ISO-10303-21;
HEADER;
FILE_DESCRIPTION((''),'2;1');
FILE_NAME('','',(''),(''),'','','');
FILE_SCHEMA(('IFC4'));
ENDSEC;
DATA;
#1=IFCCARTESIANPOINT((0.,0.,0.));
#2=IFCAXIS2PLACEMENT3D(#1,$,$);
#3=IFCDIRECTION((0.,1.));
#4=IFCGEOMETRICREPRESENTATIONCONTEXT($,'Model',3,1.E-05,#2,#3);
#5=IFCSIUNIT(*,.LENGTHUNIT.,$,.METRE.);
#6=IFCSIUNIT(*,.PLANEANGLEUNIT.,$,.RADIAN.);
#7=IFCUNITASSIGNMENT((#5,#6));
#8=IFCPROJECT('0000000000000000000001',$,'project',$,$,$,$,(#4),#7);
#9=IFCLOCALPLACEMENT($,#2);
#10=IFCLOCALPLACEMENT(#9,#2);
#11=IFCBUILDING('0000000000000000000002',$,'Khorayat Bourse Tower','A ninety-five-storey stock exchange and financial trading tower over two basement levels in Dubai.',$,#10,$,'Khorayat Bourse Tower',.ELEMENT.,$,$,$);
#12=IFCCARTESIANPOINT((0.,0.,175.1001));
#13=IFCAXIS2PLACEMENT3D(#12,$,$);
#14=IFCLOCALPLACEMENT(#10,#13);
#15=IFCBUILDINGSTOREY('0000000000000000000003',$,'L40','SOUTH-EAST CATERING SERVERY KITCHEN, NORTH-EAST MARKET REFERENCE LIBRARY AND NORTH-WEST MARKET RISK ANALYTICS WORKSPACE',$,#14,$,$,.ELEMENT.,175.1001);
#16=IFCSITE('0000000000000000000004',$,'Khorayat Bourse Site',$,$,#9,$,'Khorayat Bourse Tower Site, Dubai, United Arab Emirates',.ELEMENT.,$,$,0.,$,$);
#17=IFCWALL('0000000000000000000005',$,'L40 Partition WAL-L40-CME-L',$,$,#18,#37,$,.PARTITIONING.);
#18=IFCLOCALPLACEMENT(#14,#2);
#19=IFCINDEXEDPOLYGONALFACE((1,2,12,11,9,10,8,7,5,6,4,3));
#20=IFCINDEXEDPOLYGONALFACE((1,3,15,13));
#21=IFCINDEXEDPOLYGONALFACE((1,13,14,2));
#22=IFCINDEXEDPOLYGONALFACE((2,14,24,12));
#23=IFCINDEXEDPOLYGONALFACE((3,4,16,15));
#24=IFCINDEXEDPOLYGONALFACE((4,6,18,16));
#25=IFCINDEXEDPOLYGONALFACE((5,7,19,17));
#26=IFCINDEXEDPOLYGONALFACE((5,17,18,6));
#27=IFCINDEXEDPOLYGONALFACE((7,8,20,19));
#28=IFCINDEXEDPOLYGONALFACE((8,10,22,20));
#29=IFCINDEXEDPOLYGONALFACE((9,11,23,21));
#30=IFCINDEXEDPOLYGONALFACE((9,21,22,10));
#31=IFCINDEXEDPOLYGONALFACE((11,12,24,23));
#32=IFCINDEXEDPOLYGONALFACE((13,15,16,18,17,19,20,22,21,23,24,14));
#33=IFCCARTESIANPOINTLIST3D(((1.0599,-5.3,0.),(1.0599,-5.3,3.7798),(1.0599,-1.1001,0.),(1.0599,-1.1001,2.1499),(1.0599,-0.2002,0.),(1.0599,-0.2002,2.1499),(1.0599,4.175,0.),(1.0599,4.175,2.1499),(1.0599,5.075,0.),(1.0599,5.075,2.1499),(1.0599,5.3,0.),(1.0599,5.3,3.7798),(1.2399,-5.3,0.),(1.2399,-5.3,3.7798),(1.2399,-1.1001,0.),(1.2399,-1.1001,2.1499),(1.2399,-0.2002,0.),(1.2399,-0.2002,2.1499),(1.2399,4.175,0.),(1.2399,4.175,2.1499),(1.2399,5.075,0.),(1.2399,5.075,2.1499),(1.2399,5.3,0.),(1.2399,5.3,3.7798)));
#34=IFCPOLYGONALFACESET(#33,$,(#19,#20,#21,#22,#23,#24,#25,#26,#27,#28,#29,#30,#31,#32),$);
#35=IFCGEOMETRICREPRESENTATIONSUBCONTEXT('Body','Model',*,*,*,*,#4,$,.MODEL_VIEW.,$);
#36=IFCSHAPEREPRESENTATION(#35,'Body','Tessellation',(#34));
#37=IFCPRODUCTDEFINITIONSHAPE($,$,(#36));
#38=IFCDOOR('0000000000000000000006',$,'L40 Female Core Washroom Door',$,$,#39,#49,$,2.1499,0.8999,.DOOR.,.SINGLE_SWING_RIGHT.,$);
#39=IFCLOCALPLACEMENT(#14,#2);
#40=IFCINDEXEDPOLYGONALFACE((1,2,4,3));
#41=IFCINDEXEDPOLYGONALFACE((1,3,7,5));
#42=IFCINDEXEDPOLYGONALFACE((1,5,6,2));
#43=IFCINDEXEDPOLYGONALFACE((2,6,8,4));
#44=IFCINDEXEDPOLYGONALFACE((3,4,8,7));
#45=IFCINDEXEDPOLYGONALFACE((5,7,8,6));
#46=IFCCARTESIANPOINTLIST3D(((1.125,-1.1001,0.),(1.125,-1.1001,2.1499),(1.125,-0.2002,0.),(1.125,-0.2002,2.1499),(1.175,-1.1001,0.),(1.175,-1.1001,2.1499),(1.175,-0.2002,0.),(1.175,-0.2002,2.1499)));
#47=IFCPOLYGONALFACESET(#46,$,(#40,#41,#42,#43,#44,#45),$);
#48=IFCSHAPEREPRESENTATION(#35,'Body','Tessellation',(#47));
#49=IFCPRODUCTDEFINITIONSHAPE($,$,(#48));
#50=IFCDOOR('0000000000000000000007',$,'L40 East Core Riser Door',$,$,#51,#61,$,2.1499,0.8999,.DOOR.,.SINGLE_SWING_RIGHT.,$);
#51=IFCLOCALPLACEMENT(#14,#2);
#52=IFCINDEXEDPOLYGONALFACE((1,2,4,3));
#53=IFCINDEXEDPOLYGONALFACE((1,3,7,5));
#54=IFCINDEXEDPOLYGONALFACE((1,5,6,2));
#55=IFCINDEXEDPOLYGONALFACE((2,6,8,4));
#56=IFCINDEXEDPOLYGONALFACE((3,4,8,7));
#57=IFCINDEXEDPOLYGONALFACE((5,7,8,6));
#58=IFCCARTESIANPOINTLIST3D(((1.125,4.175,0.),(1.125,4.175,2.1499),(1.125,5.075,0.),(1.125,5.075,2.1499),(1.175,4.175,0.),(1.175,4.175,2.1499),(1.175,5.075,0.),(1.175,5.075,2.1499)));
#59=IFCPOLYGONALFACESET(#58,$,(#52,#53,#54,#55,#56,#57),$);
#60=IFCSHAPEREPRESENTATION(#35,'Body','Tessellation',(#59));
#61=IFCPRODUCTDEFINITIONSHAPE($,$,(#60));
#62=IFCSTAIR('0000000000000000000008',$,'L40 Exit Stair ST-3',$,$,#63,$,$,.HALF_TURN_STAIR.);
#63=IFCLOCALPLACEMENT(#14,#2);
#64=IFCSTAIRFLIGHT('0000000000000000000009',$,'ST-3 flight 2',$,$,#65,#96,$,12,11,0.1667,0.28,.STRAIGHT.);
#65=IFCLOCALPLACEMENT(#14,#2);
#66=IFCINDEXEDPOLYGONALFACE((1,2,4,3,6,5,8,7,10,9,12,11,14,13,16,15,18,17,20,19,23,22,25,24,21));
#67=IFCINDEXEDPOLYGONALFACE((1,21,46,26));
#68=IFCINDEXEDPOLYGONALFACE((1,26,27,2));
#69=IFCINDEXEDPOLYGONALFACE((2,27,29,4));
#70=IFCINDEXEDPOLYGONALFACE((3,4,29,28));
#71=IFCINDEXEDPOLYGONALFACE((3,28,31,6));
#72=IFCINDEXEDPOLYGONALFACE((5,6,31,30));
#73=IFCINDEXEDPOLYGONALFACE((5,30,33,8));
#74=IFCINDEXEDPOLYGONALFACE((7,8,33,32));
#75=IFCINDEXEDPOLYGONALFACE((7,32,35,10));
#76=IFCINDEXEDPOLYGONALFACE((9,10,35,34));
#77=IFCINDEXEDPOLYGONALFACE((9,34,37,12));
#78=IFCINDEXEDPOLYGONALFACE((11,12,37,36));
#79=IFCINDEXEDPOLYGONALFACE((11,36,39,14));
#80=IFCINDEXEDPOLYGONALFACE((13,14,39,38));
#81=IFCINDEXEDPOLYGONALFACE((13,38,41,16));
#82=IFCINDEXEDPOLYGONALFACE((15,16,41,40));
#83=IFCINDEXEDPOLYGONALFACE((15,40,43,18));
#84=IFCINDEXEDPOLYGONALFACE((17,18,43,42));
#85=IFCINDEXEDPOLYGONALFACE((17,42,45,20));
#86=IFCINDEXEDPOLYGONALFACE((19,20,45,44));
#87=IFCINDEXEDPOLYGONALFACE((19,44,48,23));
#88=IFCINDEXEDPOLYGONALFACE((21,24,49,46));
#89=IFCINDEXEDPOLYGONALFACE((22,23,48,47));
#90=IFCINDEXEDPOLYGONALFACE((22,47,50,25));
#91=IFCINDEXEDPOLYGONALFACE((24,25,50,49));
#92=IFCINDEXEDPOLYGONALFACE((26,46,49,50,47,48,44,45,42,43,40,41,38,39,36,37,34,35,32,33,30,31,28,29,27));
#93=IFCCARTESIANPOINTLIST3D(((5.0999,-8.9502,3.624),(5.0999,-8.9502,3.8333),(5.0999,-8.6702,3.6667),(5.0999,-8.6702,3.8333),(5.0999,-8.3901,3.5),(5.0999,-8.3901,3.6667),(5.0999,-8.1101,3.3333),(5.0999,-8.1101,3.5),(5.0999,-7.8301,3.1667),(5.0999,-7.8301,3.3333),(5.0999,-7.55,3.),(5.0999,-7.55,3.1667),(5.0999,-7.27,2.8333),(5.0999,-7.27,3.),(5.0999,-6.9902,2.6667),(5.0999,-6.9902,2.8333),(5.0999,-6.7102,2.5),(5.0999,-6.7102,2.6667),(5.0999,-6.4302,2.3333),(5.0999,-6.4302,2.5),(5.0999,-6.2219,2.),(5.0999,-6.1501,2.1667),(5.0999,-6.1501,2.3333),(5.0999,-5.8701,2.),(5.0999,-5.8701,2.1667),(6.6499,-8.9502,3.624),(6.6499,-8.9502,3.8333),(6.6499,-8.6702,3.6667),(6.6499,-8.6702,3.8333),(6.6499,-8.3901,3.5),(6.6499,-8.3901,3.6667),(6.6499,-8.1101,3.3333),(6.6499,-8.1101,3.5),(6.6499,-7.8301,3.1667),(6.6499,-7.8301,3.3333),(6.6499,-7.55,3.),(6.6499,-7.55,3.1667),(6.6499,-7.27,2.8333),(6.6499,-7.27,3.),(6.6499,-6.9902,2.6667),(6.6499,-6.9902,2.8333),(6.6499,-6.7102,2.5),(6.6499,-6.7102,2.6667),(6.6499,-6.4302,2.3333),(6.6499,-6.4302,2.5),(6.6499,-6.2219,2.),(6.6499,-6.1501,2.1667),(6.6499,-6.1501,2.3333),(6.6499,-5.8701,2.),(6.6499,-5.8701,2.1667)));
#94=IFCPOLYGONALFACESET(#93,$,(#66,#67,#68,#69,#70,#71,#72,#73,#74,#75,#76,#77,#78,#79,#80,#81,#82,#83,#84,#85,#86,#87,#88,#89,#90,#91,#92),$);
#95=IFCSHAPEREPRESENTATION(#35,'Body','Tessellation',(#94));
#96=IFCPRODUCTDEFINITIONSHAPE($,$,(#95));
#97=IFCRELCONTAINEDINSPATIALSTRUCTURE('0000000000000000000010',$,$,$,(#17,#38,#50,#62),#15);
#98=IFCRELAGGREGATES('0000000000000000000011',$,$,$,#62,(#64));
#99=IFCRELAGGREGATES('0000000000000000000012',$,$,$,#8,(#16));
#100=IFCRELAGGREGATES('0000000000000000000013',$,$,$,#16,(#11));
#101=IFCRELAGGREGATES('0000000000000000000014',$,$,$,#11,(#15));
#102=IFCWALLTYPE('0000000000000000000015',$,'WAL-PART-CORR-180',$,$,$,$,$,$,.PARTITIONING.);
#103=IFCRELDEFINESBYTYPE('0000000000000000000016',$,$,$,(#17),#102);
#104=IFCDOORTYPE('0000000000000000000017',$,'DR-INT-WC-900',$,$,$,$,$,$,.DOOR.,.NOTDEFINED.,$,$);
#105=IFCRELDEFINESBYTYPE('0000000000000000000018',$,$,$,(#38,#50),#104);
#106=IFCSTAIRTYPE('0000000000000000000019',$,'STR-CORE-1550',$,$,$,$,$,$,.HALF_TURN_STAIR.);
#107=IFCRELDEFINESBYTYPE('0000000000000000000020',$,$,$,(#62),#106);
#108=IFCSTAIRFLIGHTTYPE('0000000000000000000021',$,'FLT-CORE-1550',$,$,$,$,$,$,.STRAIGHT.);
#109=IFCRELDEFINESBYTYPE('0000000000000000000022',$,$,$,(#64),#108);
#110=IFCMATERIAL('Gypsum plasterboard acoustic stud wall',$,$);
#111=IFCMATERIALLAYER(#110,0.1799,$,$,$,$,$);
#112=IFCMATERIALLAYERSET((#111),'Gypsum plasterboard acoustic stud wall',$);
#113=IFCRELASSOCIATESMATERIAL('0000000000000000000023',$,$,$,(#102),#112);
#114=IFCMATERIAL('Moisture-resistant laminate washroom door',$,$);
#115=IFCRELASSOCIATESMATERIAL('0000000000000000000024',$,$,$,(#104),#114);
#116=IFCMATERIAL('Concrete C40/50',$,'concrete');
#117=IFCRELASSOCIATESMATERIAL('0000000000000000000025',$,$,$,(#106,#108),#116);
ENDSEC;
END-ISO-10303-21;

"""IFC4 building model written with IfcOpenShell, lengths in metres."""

from ifc_helpers import new_model, si_unit, direction, frame, frame_2d, origin, place, context, subcontext, project, spatial, polyline, rectangle, outline, extrude, source, transform, mapped, material, layer, layer_set, type_object, element, fill, aggregate, save


model = new_model("IFC4")

# Units and contexts
model_context = context("Model", 3, precision=1e-05, world=origin(), true_north=direction((0.0, 1.0)))
body_context = subcontext(model_context, "Body", "Model", "MODEL_VIEW")
ifc_project = project(units=[si_unit("LENGTHUNIT", "METRE"), si_unit("PLANEANGLEUNIT", "RADIAN")], contexts=[model_context])

# Site, building, storey
site_placement = place(None, origin())
site = spatial("IfcSite", under=ifc_project, at=site_placement, Name="Khorayat Bourse Site", LongName="Khorayat Bourse Tower Site, Dubai, United Arab Emirates", CompositionType="ELEMENT", RefElevation=0.0)
building_placement = place(site_placement, origin())
building = spatial("IfcBuilding", under=site, at=building_placement, Name="Khorayat Bourse Tower", Description="A ninety-five-storey stock exchange and financial trading tower over two basement levels in Dubai.", LongName="Khorayat Bourse Tower", CompositionType="ELEMENT")
storey_placement = place(building_placement, frame((0.0, 0.0, 175.1001)))
storey = spatial("IfcBuildingStorey", under=building, at=storey_placement, Name="L40", Description="SOUTH-EAST CATERING SERVERY KITCHEN, NORTH-EAST MARKET REFERENCE LIBRARY AND NORTH-WEST MARKET RISK ANALYTICS WORKSPACE", CompositionType="ELEMENT", Elevation=175.1001)

# Shared definitions
ifc_material_1 = material(Name="Gypsum plasterboard acoustic stud wall")
ifc_layer_1 = layer(ifc_material_1, 0.1799)
ifc_layer_set_1 = layer_set([ifc_layer_1], Name="Gypsum plasterboard acoustic stud wall")
wall_type_1 = type_object("IfcWallType", Name="WAL-PART-CORR-180", PredefinedType="PARTITIONING", material=ifc_layer_set_1)
shared_shape_1 = source(origin(), body_context, "Body", "SweptSolid", [
    extrude(rectangle(XDim=0.8999, YDim=2.1499, at=frame_2d((0.45, 1.075))), frame((0.0, 0.0999, 0.0), z_axis=(0.0, -1.0, 0.0), x_axis=(1.0, 0.0, 0.0)), (0.0, 0.0, 1.0), 0.2),
])
ifc_material_2 = material(Name="Moisture-resistant laminate washroom door")
door_type = type_object("IfcDoorType", Name="DR-INT-WC-900", OperationType="NOTDEFINED", PredefinedType="DOOR", material=ifc_material_2)
shared_shape_2 = source(origin(), body_context, "Body", "SweptSolid", [
    extrude(rectangle(XDim=0.8999, YDim=2.1499, at=frame_2d((0.45, 1.075))), frame((0.0, 0.0249, 0.0), z_axis=(0.0, -1.0, 0.0), x_axis=(1.0, 0.0, 0.0)), (0.0, 0.0, 1.0), 0.05),
])

# Wall, openings, doors
shared_shape_3 = source(origin(), body_context, "Body", "SweptSolid", [
    extrude(rectangle(XDim=10.6001, YDim=0.1799, at=frame_2d((5.3, 0.0))), origin(), (0.0, 0.0, 1.0), 3.7798),
])
wall_1_placement = place(storey_placement, frame((1.1499, -5.3, 0.0), z_axis=(0.0, 0.0, 1.0), x_axis=(0.0, 1.0, 0.0)))
wall_1 = element("IfcWall", 1, at=wall_1_placement, inside=storey, type_object=wall_type_1, Name="L40 Partition WAL-L40-CME-L", PredefinedType="PARTITIONING", context=body_context, shape_type="MappedRepresentation", body=[
    mapped(shared_shape_3, transform((0.0, 0.0, 0.0), scale=1.0)),
])
opening_1_placement = place(wall_1_placement, frame((4.2, 0.0, 0.0)))
opening_1 = element("IfcOpeningElement", 2, at=opening_1_placement, cuts=wall_1, PredefinedType="OPENING", context=body_context, shape_type="MappedRepresentation", body=[
    mapped(shared_shape_1, transform((0.0, 0.0, 0.0), scale=1.0)),
])
opening_2_placement = place(wall_1_placement, frame((9.4751, 0.0, 0.0)))
opening_2 = element("IfcOpeningElement", 3, at=opening_2_placement, cuts=wall_1, PredefinedType="OPENING", context=body_context, shape_type="MappedRepresentation", body=[
    mapped(shared_shape_1, transform((0.0, 0.0, 0.0), scale=1.0)),
])
door_1_placement = place(opening_1_placement, origin())
door_1 = element("IfcDoor", 4, at=door_1_placement, inside=storey, type_object=door_type, Name="L40 Female Core Washroom Door", OperationType="SINGLE_SWING_RIGHT", OverallHeight=2.1499, OverallWidth=0.8999, PredefinedType="DOOR", context=body_context, shape_type="MappedRepresentation", body=[
    mapped(shared_shape_2, transform((0.0, 0.0, 0.0), scale=1.0)),
])
fill(opening_1, door_1)
door_2_placement = place(opening_2_placement, origin())
door_2 = element("IfcDoor", 5, at=door_2_placement, inside=storey, type_object=door_type, Name="L40 East Core Riser Door", OperationType="SINGLE_SWING_RIGHT", OverallHeight=2.1499, OverallWidth=0.8999, PredefinedType="DOOR", context=body_context, shape_type="MappedRepresentation", body=[
    mapped(shared_shape_2, transform((0.0, 0.0, 0.0), scale=1.0)),
])
fill(opening_2, door_2)

# Stair, stair flight
ifc_material_3 = material(Name="Concrete C40/50", Category="concrete")
stair_type = type_object("IfcStairType", Name="STR-CORE-1550", PredefinedType="HALF_TURN_STAIR", material=ifc_material_3)
stair_placement = place(storey_placement, origin())
stair = element("IfcStair", 6, at=stair_placement, inside=storey, type_object=stair_type, Name="L40 Exit Stair ST-3", PredefinedType="HALF_TURN_STAIR")
stair_flight_type = type_object("IfcStairFlightType", Name="FLT-CORE-1550", PredefinedType="STRAIGHT", material=ifc_material_3)
shared_shape_4 = source(origin(), body_context, "Body", "SweptSolid", [
    extrude(outline(polyline([(0.0, 0.0), (0.0, 0.1667), (0.28, 0.1667), (0.28, 0.3333), (0.5601, 0.3333), (0.5601, 0.5), (0.8401, 0.5), (0.8401, 0.6667), (1.1201, 0.6667), (1.1201, 0.8333), (1.3999, 0.8333), (1.3999, 1.0), (1.6799, 1.0), (1.6799, 1.1667), (1.96, 1.1667), (1.96, 1.3333), (2.24, 1.3333), (2.24, 1.5), (2.52, 1.5), (2.52, 1.6667), (2.8, 1.6667), (2.8, 1.8333), (3.0801, 1.8333), (3.0801, 2.0), (3.0801, 1.624), (0.3518, 0.0), (0.0, 0.0)])), frame((0.0, 0.7749, 0.0), z_axis=(0.0, -1.0, 0.0), x_axis=(1.0, 0.0, 0.0)), (0.0, 0.0, 1.0), 1.55),
])
stair_flight_placement = place(storey_placement, frame((5.875, -5.8701, 2.0), z_axis=(0.0, 0.0, 1.0), x_axis=(0.0, -1.0, 0.0)))
stair_flight = element("IfcStairFlight", 7, at=stair_flight_placement, type_object=stair_flight_type, Name="ST-3 flight 2", NumberOfRisers=12, NumberOfTreads=11, PredefinedType="STRAIGHT", RiserHeight=0.1667, TreadLength=0.28, context=body_context, shape_type="MappedRepresentation", body=[
    mapped(shared_shape_4, transform((0.0, 0.0, 0.0), scale=1.0)),
])
aggregate(stair, [stair_flight])

save(model, "model.ifc")
